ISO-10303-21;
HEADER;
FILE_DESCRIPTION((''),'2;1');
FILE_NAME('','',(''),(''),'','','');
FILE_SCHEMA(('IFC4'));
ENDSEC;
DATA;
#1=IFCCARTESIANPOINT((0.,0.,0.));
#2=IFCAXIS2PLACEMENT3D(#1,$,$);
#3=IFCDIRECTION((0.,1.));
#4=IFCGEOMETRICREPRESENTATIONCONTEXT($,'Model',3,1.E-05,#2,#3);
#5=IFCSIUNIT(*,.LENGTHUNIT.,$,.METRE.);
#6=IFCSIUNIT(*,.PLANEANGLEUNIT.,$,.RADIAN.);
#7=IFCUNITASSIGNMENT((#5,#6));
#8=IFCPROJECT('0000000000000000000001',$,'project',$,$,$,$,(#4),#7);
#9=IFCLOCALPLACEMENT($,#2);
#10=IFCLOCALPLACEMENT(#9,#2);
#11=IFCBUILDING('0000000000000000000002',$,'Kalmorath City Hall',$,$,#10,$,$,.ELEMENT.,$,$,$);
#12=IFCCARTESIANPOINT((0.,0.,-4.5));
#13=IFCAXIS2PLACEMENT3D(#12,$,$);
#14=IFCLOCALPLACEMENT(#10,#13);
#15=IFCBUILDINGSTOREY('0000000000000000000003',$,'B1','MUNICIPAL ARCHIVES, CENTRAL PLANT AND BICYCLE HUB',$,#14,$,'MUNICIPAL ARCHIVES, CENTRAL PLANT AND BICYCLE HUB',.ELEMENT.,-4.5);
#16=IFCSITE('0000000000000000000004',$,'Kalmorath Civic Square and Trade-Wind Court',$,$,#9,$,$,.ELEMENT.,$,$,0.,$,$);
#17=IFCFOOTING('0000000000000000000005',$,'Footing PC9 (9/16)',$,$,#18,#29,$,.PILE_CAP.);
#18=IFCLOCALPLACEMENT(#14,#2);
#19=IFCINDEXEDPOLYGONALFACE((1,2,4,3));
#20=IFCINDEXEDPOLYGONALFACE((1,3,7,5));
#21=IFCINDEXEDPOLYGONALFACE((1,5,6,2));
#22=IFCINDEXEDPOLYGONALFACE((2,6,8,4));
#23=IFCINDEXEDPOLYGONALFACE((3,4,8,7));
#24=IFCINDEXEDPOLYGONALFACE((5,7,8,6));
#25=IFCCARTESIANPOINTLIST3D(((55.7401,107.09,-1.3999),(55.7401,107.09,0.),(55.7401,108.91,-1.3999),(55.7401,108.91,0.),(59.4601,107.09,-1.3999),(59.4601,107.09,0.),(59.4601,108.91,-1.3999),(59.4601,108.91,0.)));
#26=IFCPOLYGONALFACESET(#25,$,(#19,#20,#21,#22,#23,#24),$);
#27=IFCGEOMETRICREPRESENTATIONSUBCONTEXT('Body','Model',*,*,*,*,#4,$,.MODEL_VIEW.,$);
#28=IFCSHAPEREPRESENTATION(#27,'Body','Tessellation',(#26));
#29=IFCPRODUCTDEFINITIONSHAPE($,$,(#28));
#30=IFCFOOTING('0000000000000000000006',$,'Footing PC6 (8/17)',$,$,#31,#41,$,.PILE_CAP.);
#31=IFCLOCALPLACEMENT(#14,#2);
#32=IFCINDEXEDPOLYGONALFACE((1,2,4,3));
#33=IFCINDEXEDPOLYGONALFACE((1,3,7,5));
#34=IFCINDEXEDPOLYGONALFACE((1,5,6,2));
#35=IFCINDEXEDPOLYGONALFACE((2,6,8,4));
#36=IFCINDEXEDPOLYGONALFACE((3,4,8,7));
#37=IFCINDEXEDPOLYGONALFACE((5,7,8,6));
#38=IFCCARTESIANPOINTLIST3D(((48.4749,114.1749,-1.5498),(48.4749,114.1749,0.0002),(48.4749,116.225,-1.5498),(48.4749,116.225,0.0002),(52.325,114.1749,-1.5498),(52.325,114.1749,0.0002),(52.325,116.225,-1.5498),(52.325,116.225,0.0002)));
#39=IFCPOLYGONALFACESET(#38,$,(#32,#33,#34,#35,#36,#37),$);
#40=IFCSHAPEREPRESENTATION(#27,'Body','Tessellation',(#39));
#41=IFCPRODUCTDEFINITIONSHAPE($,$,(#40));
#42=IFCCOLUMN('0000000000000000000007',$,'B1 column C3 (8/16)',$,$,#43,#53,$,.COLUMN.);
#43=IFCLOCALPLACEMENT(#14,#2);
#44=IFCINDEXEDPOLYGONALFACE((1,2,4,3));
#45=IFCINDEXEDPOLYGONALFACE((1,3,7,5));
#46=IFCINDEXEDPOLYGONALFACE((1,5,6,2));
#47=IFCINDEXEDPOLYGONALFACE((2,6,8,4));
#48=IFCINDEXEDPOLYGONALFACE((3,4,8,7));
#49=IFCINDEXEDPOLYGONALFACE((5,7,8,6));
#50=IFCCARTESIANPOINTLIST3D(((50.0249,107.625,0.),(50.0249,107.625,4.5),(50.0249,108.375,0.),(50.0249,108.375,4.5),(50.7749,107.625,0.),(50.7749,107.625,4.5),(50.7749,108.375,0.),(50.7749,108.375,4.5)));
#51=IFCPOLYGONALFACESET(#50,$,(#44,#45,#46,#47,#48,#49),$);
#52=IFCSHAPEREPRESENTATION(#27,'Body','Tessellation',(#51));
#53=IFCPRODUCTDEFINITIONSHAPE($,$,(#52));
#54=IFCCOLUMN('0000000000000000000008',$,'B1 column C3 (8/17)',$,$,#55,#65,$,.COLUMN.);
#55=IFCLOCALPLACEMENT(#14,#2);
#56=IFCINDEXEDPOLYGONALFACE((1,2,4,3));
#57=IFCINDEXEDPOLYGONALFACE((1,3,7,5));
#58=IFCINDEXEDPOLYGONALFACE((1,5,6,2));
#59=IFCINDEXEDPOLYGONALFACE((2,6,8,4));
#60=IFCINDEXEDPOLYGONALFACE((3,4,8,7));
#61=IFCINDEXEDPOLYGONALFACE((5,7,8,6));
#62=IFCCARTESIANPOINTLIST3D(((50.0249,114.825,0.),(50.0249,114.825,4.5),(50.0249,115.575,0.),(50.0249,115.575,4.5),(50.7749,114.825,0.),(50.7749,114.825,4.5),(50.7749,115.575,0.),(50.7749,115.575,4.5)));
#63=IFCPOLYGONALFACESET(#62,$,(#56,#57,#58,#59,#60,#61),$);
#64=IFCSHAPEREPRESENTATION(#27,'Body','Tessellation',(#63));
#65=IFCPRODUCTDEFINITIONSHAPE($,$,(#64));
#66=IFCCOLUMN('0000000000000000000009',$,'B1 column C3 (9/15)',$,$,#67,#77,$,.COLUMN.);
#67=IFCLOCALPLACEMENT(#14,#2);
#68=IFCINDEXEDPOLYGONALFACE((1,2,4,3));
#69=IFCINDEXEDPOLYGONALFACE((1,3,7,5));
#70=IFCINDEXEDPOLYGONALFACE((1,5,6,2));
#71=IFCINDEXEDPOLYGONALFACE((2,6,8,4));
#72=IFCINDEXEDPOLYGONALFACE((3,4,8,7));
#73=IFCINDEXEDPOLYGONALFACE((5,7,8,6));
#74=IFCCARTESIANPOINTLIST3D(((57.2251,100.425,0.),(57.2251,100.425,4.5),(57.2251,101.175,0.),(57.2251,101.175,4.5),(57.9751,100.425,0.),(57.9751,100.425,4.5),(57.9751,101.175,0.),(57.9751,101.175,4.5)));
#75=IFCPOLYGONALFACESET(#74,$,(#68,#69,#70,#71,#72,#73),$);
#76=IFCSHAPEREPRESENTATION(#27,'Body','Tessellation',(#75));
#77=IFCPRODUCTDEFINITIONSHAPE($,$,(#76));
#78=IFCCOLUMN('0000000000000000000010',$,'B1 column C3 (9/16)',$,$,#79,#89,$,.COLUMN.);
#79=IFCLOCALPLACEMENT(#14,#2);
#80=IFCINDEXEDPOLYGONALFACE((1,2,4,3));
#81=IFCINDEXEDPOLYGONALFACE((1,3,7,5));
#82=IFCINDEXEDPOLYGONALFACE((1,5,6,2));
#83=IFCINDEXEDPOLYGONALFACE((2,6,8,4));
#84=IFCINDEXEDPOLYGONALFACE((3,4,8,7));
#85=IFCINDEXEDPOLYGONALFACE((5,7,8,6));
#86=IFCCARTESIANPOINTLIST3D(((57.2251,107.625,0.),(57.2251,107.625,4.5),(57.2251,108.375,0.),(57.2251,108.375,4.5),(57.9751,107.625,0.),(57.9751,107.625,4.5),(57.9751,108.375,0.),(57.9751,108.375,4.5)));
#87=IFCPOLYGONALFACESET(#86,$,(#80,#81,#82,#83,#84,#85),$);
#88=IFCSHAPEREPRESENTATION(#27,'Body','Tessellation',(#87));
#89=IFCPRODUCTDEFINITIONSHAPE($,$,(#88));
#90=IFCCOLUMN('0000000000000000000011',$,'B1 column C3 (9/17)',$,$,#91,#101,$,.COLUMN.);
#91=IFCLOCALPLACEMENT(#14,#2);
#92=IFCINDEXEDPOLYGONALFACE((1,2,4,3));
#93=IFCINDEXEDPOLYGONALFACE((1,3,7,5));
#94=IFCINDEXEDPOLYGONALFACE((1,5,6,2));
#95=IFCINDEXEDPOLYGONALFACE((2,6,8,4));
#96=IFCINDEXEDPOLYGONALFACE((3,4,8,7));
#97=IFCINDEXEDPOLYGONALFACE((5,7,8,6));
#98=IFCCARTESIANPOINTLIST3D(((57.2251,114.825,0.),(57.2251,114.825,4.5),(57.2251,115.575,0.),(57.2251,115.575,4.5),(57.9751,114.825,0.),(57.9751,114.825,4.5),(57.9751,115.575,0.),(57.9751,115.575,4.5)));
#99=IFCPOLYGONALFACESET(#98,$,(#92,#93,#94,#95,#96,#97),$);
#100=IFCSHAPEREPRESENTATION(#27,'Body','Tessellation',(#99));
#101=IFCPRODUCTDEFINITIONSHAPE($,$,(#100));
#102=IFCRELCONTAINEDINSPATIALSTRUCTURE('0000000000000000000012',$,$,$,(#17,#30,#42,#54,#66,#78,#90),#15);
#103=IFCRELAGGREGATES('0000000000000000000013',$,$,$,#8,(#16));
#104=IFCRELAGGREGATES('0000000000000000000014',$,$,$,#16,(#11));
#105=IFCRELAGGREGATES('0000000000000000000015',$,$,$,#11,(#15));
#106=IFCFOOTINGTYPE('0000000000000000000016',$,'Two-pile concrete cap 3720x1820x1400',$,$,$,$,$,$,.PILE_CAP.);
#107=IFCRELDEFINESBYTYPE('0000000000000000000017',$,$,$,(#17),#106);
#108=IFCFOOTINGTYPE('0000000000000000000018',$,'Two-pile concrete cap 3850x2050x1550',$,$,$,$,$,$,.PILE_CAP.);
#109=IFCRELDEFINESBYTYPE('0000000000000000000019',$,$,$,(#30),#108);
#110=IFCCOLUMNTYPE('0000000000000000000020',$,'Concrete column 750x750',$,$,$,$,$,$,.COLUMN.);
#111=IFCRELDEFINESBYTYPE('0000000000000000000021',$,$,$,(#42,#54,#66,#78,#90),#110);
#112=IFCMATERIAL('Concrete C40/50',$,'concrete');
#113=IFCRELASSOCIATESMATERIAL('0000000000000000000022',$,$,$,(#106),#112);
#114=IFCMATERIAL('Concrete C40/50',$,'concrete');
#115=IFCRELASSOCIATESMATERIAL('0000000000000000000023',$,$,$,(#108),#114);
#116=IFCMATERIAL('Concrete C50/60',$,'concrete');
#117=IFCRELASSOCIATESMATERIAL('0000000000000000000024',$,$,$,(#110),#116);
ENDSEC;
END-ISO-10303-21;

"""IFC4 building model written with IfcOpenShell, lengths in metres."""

from ifc_helpers import new_model, si_unit, direction, frame, origin, origin_2d, place, context, subcontext, project, spatial, rectangle, extrude, material, material_profile, profile_set, type_object, element, save


model = new_model("IFC4")

# Units and contexts
model_context = context("Model", 3, precision=1e-05, world=origin(), true_north=direction((0.0, 1.0)))
body_context = subcontext(model_context, "Body", "Model", "MODEL_VIEW")
ifc_project = project(units=[si_unit("LENGTHUNIT", "METRE"), si_unit("PLANEANGLEUNIT", "RADIAN")], contexts=[model_context])

# Site, building, storey
site_placement = place(None, origin())
site = spatial("IfcSite", under=ifc_project, at=site_placement, Name="Kalmorath Civic Square and Trade-Wind Court", CompositionType="ELEMENT", RefElevation=0.0)
building_placement = place(site_placement, origin())
building = spatial("IfcBuilding", under=site, at=building_placement, Name="Kalmorath City Hall", CompositionType="ELEMENT")
storey_placement = place(building_placement, frame((0.0, 0.0, -4.5)))
storey = spatial("IfcBuildingStorey", under=building, at=storey_placement, Name="B1", Description="MUNICIPAL ARCHIVES, CENTRAL PLANT AND BICYCLE HUB", LongName="MUNICIPAL ARCHIVES, CENTRAL PLANT AND BICYCLE HUB", CompositionType="ELEMENT", Elevation=-4.5)

# Footings
ifc_material_1 = material(Name="Concrete C40/50", Category="concrete")
footing_type_1 = type_object("IfcFootingType", Name="Two-pile concrete cap 3720x1820x1400", PredefinedType="PILE_CAP", material=ifc_material_1)
for number, where, z_axis, x_axis, name in (
    (1, (57.6001, 108.0, -1.3999), (0.0, 0.0, 1.0), (1.0, 0.0, 0.0), "Footing PC9 (9/16)"),
):
    element("IfcFooting", number, at=place(storey_placement, frame(where, z_axis=z_axis, x_axis=x_axis)), inside=storey, type_object=footing_type_1, Name=name, PredefinedType="PILE_CAP", context=body_context, shape_type="SweptSolid", body=[
        extrude(rectangle(XDim=3.72, YDim=1.8201, at=origin_2d()), origin(), (0.0, 0.0, 1.0), 1.3999),
    ])
ifc_material_2 = material(Name="Concrete C40/50", Category="concrete")
footing_type_2 = type_object("IfcFootingType", Name="Two-pile concrete cap 3850x2050x1550", PredefinedType="PILE_CAP", material=ifc_material_2)
footing_1_placement = place(storey_placement, frame((50.3999, 115.2, -1.5498), z_axis=(0.0, 0.0, 1.0), x_axis=(1.0, 0.0, 0.0)))
element("IfcFooting", 2, at=footing_1_placement, inside=storey, type_object=footing_type_2, Name="Footing PC6 (8/17)", PredefinedType="PILE_CAP", context=body_context, shape_type="SweptSolid", body=[
    extrude(rectangle(XDim=3.8501, YDim=2.05, at=origin_2d()), origin(), (0.0, 0.0, 1.0), 1.55),
])

# Columns
ifc_material_3 = material(Name="Concrete C50/60", Category="concrete")
ifc_material_profile_1 = material_profile(ifc_material_3, rectangle(XDim=0.75, YDim=0.75, at=origin_2d()), Name="RC-COL-750X750")
ifc_profile_set_1 = profile_set([ifc_material_profile_1], Name="Concrete C50/60")
column_type = type_object("IfcColumnType", Name="Concrete column 750x750", PredefinedType="COLUMN", material=ifc_profile_set_1)
for number, where, z_axis, x_axis, name in (
    (3, (50.3999, 108.0, 0.0), (0.0, 0.0, 1.0), (1.0, 0.0, 0.0), "B1 column C3 (8/16)"),
    (4, (50.3999, 115.2, 0.0), (0.0, 0.0, 1.0), (1.0, 0.0, 0.0), "B1 column C3 (8/17)"),
    (5, (57.6001, 100.8, 0.0), (0.0, 0.0, 1.0), (1.0, 0.0, 0.0), "B1 column C3 (9/15)"),
    (6, (57.6001, 108.0, 0.0), (0.0, 0.0, 1.0), (1.0, 0.0, 0.0), "B1 column C3 (9/16)"),
    (7, (57.6001, 115.2, 0.0), (0.0, 0.0, 1.0), (1.0, 0.0, 0.0), "B1 column C3 (9/17)"),
):
    element("IfcColumn", number, at=place(storey_placement, frame(where, z_axis=z_axis, x_axis=x_axis)), inside=storey, type_object=column_type, Name=name, PredefinedType="COLUMN", context=body_context, shape_type="SweptSolid", body=[
        extrude(rectangle(XDim=0.75, YDim=0.75, at=origin_2d()), origin(), (0.0, 0.0, 1.0), 4.5),
    ])

save(model, "model.ifc")
